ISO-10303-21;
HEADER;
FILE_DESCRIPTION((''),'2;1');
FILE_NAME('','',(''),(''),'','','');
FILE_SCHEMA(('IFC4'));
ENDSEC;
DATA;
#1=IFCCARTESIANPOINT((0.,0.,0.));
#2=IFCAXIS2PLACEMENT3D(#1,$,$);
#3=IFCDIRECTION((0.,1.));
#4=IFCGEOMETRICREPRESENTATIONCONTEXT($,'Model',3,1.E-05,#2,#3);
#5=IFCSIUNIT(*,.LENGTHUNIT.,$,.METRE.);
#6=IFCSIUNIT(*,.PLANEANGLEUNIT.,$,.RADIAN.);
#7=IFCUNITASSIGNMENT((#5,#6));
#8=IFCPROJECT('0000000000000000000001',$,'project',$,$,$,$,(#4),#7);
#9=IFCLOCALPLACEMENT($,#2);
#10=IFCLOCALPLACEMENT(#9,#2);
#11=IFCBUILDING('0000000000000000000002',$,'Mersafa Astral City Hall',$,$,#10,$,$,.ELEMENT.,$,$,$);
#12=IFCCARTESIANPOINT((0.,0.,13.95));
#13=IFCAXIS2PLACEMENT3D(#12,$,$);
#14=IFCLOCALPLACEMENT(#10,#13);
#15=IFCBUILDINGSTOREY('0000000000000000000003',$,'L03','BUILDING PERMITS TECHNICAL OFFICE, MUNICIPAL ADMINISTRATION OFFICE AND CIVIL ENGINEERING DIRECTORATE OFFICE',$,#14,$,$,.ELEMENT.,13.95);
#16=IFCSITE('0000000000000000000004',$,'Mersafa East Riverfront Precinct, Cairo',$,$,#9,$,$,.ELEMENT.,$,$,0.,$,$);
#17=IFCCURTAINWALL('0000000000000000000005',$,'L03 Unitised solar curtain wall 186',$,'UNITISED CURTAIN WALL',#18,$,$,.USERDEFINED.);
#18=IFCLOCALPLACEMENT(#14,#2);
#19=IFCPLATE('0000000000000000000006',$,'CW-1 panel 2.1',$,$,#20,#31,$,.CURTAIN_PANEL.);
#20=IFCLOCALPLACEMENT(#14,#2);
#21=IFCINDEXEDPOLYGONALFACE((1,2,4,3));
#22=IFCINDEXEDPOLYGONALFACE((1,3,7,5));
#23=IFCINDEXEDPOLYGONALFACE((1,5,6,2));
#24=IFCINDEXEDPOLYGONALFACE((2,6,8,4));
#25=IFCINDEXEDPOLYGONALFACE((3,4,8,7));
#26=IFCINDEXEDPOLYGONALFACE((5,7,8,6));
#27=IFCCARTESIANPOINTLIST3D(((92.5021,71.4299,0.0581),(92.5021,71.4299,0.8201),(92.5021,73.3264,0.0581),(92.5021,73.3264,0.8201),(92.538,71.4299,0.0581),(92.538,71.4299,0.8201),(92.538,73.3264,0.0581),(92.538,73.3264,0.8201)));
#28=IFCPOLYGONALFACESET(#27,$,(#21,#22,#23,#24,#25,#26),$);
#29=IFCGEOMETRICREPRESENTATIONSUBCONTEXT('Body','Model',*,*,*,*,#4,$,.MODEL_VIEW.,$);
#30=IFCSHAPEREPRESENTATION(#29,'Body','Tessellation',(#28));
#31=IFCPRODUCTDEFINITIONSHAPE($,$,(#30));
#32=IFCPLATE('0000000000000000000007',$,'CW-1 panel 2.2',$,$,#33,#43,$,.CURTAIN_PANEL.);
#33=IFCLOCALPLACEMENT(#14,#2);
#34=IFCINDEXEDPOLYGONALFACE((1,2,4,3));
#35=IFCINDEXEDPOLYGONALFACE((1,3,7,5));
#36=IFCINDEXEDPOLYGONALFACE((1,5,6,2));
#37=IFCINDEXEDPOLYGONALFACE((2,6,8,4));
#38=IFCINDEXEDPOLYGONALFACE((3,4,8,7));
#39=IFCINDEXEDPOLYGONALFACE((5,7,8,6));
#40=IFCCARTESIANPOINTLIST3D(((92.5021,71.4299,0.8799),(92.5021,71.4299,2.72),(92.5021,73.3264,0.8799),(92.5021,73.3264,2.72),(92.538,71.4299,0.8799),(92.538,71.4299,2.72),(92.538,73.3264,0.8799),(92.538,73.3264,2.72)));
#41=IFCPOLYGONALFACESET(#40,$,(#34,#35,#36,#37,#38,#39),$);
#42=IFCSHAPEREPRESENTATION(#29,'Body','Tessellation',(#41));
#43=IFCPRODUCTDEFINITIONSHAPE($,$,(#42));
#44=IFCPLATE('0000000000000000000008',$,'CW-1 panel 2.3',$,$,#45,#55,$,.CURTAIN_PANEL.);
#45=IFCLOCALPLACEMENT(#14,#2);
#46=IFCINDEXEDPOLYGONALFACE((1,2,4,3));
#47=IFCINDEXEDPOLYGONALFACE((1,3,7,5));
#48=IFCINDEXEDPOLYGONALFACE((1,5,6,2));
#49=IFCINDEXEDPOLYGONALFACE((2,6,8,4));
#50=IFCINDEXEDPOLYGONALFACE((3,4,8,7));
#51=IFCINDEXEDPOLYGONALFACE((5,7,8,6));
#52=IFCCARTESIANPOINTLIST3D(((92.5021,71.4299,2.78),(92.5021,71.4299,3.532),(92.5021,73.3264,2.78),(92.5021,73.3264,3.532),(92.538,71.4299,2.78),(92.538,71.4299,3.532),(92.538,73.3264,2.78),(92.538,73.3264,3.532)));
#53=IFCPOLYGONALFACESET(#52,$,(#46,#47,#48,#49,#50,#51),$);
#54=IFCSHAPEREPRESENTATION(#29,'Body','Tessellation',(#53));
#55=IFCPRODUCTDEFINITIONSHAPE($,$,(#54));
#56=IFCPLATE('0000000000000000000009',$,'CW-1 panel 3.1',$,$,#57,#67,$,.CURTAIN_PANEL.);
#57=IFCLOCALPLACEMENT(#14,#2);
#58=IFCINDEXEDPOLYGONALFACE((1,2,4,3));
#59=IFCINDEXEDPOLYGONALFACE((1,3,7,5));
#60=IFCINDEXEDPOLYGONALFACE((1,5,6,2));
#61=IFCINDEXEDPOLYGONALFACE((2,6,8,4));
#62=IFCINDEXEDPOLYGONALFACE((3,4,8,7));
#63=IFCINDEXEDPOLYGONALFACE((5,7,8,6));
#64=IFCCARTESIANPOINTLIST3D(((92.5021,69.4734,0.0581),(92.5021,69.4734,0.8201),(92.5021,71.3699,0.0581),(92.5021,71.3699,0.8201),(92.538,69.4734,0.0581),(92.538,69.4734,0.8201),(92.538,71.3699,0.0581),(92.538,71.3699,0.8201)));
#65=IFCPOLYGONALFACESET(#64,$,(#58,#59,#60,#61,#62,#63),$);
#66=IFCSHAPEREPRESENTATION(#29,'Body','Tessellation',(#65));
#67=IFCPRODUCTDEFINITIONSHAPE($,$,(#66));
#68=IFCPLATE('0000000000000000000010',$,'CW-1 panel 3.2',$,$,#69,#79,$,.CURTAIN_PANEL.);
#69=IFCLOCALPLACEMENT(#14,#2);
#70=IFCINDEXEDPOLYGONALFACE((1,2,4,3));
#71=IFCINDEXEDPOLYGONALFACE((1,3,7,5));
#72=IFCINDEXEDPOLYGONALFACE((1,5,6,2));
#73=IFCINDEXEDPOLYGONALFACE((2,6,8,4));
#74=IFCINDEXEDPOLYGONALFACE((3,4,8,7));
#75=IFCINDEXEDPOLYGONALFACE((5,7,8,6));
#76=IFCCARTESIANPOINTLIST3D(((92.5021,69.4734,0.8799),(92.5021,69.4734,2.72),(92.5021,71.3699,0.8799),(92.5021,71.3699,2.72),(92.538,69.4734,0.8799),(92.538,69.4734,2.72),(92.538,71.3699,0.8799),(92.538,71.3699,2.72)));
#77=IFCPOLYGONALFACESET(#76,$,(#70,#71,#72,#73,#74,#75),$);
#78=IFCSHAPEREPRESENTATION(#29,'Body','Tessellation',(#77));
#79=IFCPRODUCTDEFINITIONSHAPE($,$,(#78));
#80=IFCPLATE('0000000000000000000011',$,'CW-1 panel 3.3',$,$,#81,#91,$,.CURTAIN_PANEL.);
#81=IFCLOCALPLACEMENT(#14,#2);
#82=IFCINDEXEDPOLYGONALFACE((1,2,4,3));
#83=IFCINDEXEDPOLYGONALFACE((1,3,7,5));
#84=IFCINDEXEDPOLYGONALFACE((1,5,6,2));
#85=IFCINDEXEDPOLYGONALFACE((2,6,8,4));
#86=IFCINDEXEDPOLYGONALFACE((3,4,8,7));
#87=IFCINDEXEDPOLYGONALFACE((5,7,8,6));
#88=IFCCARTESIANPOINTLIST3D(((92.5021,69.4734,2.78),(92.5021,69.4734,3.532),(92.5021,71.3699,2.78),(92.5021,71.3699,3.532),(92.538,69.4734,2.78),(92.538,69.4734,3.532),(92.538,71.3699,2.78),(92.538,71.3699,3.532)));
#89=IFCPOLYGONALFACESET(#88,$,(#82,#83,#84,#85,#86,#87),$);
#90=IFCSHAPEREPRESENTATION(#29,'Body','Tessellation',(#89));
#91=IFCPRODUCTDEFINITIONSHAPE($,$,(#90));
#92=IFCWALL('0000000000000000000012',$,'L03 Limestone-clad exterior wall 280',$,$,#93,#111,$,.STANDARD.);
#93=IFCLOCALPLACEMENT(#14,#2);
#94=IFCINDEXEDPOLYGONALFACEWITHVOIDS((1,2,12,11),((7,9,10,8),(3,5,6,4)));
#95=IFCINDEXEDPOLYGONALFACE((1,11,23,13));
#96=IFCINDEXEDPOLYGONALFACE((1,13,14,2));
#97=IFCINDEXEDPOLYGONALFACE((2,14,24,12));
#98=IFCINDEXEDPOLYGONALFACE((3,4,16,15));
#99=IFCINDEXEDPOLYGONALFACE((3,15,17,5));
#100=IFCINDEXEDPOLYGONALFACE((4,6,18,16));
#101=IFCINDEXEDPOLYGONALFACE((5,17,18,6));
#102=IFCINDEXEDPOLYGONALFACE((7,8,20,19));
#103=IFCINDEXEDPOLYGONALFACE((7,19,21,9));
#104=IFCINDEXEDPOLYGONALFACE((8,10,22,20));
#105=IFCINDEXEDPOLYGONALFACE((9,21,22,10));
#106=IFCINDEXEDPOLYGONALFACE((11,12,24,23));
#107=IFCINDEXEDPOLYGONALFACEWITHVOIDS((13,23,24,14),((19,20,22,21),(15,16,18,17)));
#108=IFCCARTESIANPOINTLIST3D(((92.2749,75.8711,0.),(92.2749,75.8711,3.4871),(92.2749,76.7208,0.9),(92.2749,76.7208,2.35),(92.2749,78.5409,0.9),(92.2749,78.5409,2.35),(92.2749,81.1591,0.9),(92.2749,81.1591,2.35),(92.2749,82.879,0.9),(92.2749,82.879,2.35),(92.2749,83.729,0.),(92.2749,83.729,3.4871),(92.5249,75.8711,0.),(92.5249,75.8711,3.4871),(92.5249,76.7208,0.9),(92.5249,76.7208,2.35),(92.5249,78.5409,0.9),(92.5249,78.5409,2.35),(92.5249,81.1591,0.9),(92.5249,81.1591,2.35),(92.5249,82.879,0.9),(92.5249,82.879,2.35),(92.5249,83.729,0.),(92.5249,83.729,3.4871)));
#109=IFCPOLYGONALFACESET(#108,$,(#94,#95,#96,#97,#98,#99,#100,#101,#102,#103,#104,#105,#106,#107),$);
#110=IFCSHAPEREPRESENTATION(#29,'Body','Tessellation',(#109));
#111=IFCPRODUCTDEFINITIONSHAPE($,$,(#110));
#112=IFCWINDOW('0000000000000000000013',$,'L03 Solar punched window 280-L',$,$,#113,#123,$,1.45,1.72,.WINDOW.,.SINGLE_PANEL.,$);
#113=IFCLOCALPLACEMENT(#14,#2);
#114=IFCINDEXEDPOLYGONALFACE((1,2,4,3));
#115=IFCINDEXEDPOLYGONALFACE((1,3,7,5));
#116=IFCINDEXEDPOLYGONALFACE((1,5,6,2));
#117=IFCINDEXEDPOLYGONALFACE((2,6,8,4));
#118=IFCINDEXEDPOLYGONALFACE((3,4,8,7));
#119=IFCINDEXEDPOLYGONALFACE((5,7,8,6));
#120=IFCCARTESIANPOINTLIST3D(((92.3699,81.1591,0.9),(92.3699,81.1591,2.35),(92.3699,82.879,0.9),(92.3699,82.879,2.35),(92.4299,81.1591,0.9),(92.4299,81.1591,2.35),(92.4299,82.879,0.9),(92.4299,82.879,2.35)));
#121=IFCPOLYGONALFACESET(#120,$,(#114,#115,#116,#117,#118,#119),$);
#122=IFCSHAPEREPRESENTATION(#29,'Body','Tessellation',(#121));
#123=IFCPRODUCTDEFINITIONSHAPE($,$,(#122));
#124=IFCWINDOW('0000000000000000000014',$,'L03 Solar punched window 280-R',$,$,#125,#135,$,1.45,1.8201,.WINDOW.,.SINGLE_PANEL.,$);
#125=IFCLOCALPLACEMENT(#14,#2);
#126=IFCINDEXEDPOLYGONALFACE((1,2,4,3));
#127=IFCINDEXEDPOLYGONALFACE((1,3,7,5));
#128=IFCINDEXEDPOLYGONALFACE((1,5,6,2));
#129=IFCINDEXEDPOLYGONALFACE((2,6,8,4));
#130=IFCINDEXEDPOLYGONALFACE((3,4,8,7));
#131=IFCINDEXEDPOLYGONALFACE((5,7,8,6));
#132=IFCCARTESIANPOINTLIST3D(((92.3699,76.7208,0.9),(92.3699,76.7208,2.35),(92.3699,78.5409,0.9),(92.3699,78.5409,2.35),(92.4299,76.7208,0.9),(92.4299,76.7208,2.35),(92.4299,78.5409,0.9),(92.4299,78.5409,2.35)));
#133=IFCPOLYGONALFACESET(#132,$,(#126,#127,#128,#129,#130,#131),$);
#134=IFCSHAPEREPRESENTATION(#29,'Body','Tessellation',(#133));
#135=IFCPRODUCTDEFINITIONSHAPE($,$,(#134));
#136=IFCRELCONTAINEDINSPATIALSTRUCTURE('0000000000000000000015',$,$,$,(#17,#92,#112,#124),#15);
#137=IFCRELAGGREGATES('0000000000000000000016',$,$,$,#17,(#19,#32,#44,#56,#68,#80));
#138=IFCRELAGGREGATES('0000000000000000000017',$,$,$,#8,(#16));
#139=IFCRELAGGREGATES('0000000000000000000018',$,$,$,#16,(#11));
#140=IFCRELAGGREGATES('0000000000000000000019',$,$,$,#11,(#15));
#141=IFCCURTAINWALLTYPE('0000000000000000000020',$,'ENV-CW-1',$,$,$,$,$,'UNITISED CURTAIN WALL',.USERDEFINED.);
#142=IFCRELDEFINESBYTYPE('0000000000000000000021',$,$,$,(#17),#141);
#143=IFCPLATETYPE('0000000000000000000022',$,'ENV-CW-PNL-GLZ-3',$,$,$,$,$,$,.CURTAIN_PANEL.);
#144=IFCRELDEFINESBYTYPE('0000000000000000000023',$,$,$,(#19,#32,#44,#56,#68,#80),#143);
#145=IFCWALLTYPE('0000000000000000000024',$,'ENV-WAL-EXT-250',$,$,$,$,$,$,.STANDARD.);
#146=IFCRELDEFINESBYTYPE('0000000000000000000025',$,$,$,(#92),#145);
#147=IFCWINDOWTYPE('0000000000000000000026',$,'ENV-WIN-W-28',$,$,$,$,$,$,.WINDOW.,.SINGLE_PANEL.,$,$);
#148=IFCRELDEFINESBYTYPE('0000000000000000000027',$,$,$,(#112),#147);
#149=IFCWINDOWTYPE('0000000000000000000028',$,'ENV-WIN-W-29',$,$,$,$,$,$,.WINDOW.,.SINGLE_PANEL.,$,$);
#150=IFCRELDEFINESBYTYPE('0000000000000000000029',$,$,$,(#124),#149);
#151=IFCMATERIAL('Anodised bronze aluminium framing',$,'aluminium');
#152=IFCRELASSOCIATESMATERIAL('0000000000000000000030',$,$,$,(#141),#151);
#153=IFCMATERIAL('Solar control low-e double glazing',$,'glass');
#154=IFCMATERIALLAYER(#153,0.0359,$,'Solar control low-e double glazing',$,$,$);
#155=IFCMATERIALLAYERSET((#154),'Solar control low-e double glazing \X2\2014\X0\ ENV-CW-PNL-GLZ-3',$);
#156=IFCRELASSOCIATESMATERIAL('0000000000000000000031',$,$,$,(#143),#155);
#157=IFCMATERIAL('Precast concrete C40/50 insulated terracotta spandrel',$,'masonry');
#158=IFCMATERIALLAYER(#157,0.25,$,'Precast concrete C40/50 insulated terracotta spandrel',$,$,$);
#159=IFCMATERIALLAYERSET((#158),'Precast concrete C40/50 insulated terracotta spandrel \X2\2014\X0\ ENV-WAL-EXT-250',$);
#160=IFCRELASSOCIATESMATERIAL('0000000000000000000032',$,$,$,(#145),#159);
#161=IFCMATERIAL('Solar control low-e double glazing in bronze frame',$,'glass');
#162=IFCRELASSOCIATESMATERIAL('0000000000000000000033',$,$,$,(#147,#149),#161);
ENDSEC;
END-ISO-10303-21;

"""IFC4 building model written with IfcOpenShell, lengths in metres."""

from ifc_helpers import new_model, si_unit, direction, frame, frame_2d, origin, origin_2d, place, context, subcontext, project, spatial, rectangle, extrude, material, layer, layer_set, type_object, element, fill, aggregate, save


model = new_model("IFC4")

# Units and contexts
model_context = context("Model", 3, precision=1e-05, world=origin(), true_north=direction((0.0, 1.0)))
body_context = subcontext(model_context, "Body", "Model", "MODEL_VIEW")
ifc_project = project(units=[si_unit("LENGTHUNIT", "METRE"), si_unit("PLANEANGLEUNIT", "RADIAN")], contexts=[model_context])

# Site, building, storey
site_placement = place(None, origin())
site = spatial("IfcSite", under=ifc_project, at=site_placement, Name="Mersafa East Riverfront Precinct, Cairo", CompositionType="ELEMENT", RefElevation=0.0)
building_placement = place(site_placement, origin())
building = spatial("IfcBuilding", under=site, at=building_placement, Name="Mersafa Astral City Hall", CompositionType="ELEMENT")
storey_placement = place(building_placement, frame((0.0, 0.0, 13.95)))
storey = spatial("IfcBuildingStorey", under=building, at=storey_placement, Name="L03", Description="BUILDING PERMITS TECHNICAL OFFICE, MUNICIPAL ADMINISTRATION OFFICE AND CIVIL ENGINEERING DIRECTORATE OFFICE", CompositionType="ELEMENT", Elevation=13.95)

# Curtain wall
ifc_material_1 = material(Name="Anodised bronze aluminium framing", Category="aluminium")
curtain_wall_type = type_object("IfcCurtainWallType", Name="ENV-CW-1", ElementType="UNITISED CURTAIN WALL", PredefinedType="USERDEFINED", material=ifc_material_1)
curtain_wall_placement = place(storey_placement, origin())
curtain_wall = element("IfcCurtainWall", 1, at=curtain_wall_placement, inside=storey, type_object=curtain_wall_type, Name="L03 Unitised solar curtain wall 186", ObjectType="UNITISED CURTAIN WALL", PredefinedType="USERDEFINED")

# Plates
ifc_material_2 = material(Name="Solar control low-e double glazing", Category="glass")
ifc_layer_1 = layer(ifc_material_2, 0.0359, Name="Solar control low-e double glazing")
ifc_layer_set_1 = layer_set([ifc_layer_1], Name="Solar control low-e double glazing — ENV-CW-PNL-GLZ-3")
plate_type = type_object("IfcPlateType", Name="ENV-CW-PNL-GLZ-3", PredefinedType="CURTAIN_PANEL", material=ifc_layer_set_1)
plate_1_placement = place(storey_placement, frame((92.52, 72.3782, 0.0581), z_axis=(0.0, 0.0, 1.0), x_axis=(0.0, -1.0, 0.0)))
plate_1 = element("IfcPlate", 2, at=plate_1_placement, type_object=plate_type, Name="CW-1 panel 2.1", PredefinedType="CURTAIN_PANEL", context=body_context, shape_type="SweptSolid", body=[
    extrude(rectangle(XDim=1.8965, YDim=0.0359, at=origin_2d()), origin(), (0.0, 0.0, 1.0), 0.762),
])
plate_2_placement = place(storey_placement, frame((92.52, 72.3782, 0.8799), z_axis=(0.0, 0.0, 1.0), x_axis=(0.0, -1.0, 0.0)))
plate_2 = element("IfcPlate", 3, at=plate_2_placement, type_object=plate_type, Name="CW-1 panel 2.2", PredefinedType="CURTAIN_PANEL", context=body_context, shape_type="SweptSolid", body=[
    extrude(rectangle(XDim=1.8965, YDim=0.0359, at=origin_2d()), origin(), (0.0, 0.0, 1.0), 1.8401),
])
plate_3_placement = place(storey_placement, frame((92.52, 72.3782, 2.78), z_axis=(0.0, 0.0, 1.0), x_axis=(0.0, -1.0, 0.0)))
plate_3 = element("IfcPlate", 4, at=plate_3_placement, type_object=plate_type, Name="CW-1 panel 2.3", PredefinedType="CURTAIN_PANEL", context=body_context, shape_type="SweptSolid", body=[
    extrude(rectangle(XDim=1.8965, YDim=0.0359, at=origin_2d()), origin(), (0.0, 0.0, 1.0), 0.752),
])
plate_4_placement = place(storey_placement, frame((92.52, 70.4216, 0.0581), z_axis=(0.0, 0.0, 1.0), x_axis=(0.0, -1.0, 0.0)))
plate_4 = element("IfcPlate", 5, at=plate_4_placement, type_object=plate_type, Name="CW-1 panel 3.1", PredefinedType="CURTAIN_PANEL", context=body_context, shape_type="SweptSolid", body=[
    extrude(rectangle(XDim=1.8965, YDim=0.0359, at=origin_2d()), origin(), (0.0, 0.0, 1.0), 0.762),
])
plate_5_placement = place(storey_placement, frame((92.52, 70.4216, 0.8799), z_axis=(0.0, 0.0, 1.0), x_axis=(0.0, -1.0, 0.0)))
plate_5 = element("IfcPlate", 6, at=plate_5_placement, type_object=plate_type, Name="CW-1 panel 3.2", PredefinedType="CURTAIN_PANEL", context=body_context, shape_type="SweptSolid", body=[
    extrude(rectangle(XDim=1.8965, YDim=0.0359, at=origin_2d()), origin(), (0.0, 0.0, 1.0), 1.8401),
])
plate_6_placement = place(storey_placement, frame((92.52, 70.4216, 2.78), z_axis=(0.0, 0.0, 1.0), x_axis=(0.0, -1.0, 0.0)))
plate_6 = element("IfcPlate", 7, at=plate_6_placement, type_object=plate_type, Name="CW-1 panel 3.3", PredefinedType="CURTAIN_PANEL", context=body_context, shape_type="SweptSolid", body=[
    extrude(rectangle(XDim=1.8965, YDim=0.0359, at=origin_2d()), origin(), (0.0, 0.0, 1.0), 0.752),
])
aggregate(curtain_wall, [plate_1, plate_2, plate_3, plate_4, plate_5, plate_6])

# Wall, openings, windows
ifc_material_3 = material(Name="Precast concrete C40/50 insulated terracotta spandrel", Category="masonry")
ifc_layer_2 = layer(ifc_material_3, 0.25, Name="Precast concrete C40/50 insulated terracotta spandrel")
ifc_layer_set_2 = layer_set([ifc_layer_2], Name="Precast concrete C40/50 insulated terracotta spandrel — ENV-WAL-EXT-250")
wall_type = type_object("IfcWallType", Name="ENV-WAL-EXT-250", PredefinedType="STANDARD", material=ifc_layer_set_2)
wall_placement = place(storey_placement, frame((92.3999, 83.729, 0.0), z_axis=(0.0, 0.0, 1.0), x_axis=(0.0, -1.0, 0.0)))
wall = element("IfcWall", 8, at=wall_placement, inside=storey, type_object=wall_type, Name="L03 Limestone-clad exterior wall 280", PredefinedType="STANDARD", context=body_context, shape_type="SweptSolid", body=[
    extrude(rectangle(XDim=7.8579, YDim=0.25, at=frame_2d((3.929, 0.0))), origin(), (0.0, 0.0, 1.0), 3.4871),
])
opening_1_placement = place(wall_placement, frame((0.8501, 0.0, 0.8999)))
opening_1 = element("IfcOpeningElement", 9, at=opening_1_placement, cuts=wall, PredefinedType="OPENING", context=body_context, shape_type="SweptSolid", body=[
    extrude(rectangle(XDim=1.72, YDim=1.45, at=frame_2d((0.8599, 0.7251))), frame((0.0, 0.135, 0.0), z_axis=(0.0, -1.0, 0.0), x_axis=(1.0, 0.0, 0.0)), (0.0, 0.0, 1.0), 0.27),
])
opening_2_placement = place(wall_placement, frame((5.188, 0.0, 0.8999)))
opening_2 = element("IfcOpeningElement", 10, at=opening_2_placement, cuts=wall, PredefinedType="OPENING", context=body_context, shape_type="SweptSolid", body=[
    extrude(rectangle(XDim=1.8201, YDim=1.45, at=frame_2d((0.9102, 0.7251))), frame((0.0, 0.135, 0.0), z_axis=(0.0, -1.0, 0.0), x_axis=(1.0, 0.0, 0.0)), (0.0, 0.0, 1.0), 0.27),
])
ifc_material_4 = material(Name="Solar control low-e double glazing in bronze frame", Category="glass")
window_type_1 = type_object("IfcWindowType", Name="ENV-WIN-W-28", PartitioningType="SINGLE_PANEL", PredefinedType="WINDOW", material=ifc_material_4)
window_1_placement = place(opening_1_placement, origin())
window_1 = element("IfcWindow", 11, at=window_1_placement, inside=storey, type_object=window_type_1, Name="L03 Solar punched window 280-L", OverallHeight=1.45, OverallWidth=1.72, PartitioningType="SINGLE_PANEL", PredefinedType="WINDOW", context=body_context, shape_type="SweptSolid", body=[
    extrude(rectangle(XDim=1.72, YDim=1.45, at=frame_2d((0.8599, 0.7251))), frame((0.0, 0.03, 0.0), z_axis=(0.0, -1.0, 0.0), x_axis=(1.0, 0.0, 0.0)), (0.0, 0.0, 1.0), 0.0601),
])
fill(opening_1, window_1)
window_type_2 = type_object("IfcWindowType", Name="ENV-WIN-W-29", PartitioningType="SINGLE_PANEL", PredefinedType="WINDOW", material=ifc_material_4)
window_2_placement = place(opening_2_placement, origin())
window_2 = element("IfcWindow", 12, at=window_2_placement, inside=storey, type_object=window_type_2, Name="L03 Solar punched window 280-R", OverallHeight=1.45, OverallWidth=1.8201, PartitioningType="SINGLE_PANEL", PredefinedType="WINDOW", context=body_context, shape_type="SweptSolid", body=[
    extrude(rectangle(XDim=1.8201, YDim=1.45, at=frame_2d((0.9102, 0.7251))), frame((0.0, 0.03, 0.0), z_axis=(0.0, -1.0, 0.0), x_axis=(1.0, 0.0, 0.0)), (0.0, 0.0, 1.0), 0.0601),
])
fill(opening_2, window_2)

save(model, "model.ifc")
